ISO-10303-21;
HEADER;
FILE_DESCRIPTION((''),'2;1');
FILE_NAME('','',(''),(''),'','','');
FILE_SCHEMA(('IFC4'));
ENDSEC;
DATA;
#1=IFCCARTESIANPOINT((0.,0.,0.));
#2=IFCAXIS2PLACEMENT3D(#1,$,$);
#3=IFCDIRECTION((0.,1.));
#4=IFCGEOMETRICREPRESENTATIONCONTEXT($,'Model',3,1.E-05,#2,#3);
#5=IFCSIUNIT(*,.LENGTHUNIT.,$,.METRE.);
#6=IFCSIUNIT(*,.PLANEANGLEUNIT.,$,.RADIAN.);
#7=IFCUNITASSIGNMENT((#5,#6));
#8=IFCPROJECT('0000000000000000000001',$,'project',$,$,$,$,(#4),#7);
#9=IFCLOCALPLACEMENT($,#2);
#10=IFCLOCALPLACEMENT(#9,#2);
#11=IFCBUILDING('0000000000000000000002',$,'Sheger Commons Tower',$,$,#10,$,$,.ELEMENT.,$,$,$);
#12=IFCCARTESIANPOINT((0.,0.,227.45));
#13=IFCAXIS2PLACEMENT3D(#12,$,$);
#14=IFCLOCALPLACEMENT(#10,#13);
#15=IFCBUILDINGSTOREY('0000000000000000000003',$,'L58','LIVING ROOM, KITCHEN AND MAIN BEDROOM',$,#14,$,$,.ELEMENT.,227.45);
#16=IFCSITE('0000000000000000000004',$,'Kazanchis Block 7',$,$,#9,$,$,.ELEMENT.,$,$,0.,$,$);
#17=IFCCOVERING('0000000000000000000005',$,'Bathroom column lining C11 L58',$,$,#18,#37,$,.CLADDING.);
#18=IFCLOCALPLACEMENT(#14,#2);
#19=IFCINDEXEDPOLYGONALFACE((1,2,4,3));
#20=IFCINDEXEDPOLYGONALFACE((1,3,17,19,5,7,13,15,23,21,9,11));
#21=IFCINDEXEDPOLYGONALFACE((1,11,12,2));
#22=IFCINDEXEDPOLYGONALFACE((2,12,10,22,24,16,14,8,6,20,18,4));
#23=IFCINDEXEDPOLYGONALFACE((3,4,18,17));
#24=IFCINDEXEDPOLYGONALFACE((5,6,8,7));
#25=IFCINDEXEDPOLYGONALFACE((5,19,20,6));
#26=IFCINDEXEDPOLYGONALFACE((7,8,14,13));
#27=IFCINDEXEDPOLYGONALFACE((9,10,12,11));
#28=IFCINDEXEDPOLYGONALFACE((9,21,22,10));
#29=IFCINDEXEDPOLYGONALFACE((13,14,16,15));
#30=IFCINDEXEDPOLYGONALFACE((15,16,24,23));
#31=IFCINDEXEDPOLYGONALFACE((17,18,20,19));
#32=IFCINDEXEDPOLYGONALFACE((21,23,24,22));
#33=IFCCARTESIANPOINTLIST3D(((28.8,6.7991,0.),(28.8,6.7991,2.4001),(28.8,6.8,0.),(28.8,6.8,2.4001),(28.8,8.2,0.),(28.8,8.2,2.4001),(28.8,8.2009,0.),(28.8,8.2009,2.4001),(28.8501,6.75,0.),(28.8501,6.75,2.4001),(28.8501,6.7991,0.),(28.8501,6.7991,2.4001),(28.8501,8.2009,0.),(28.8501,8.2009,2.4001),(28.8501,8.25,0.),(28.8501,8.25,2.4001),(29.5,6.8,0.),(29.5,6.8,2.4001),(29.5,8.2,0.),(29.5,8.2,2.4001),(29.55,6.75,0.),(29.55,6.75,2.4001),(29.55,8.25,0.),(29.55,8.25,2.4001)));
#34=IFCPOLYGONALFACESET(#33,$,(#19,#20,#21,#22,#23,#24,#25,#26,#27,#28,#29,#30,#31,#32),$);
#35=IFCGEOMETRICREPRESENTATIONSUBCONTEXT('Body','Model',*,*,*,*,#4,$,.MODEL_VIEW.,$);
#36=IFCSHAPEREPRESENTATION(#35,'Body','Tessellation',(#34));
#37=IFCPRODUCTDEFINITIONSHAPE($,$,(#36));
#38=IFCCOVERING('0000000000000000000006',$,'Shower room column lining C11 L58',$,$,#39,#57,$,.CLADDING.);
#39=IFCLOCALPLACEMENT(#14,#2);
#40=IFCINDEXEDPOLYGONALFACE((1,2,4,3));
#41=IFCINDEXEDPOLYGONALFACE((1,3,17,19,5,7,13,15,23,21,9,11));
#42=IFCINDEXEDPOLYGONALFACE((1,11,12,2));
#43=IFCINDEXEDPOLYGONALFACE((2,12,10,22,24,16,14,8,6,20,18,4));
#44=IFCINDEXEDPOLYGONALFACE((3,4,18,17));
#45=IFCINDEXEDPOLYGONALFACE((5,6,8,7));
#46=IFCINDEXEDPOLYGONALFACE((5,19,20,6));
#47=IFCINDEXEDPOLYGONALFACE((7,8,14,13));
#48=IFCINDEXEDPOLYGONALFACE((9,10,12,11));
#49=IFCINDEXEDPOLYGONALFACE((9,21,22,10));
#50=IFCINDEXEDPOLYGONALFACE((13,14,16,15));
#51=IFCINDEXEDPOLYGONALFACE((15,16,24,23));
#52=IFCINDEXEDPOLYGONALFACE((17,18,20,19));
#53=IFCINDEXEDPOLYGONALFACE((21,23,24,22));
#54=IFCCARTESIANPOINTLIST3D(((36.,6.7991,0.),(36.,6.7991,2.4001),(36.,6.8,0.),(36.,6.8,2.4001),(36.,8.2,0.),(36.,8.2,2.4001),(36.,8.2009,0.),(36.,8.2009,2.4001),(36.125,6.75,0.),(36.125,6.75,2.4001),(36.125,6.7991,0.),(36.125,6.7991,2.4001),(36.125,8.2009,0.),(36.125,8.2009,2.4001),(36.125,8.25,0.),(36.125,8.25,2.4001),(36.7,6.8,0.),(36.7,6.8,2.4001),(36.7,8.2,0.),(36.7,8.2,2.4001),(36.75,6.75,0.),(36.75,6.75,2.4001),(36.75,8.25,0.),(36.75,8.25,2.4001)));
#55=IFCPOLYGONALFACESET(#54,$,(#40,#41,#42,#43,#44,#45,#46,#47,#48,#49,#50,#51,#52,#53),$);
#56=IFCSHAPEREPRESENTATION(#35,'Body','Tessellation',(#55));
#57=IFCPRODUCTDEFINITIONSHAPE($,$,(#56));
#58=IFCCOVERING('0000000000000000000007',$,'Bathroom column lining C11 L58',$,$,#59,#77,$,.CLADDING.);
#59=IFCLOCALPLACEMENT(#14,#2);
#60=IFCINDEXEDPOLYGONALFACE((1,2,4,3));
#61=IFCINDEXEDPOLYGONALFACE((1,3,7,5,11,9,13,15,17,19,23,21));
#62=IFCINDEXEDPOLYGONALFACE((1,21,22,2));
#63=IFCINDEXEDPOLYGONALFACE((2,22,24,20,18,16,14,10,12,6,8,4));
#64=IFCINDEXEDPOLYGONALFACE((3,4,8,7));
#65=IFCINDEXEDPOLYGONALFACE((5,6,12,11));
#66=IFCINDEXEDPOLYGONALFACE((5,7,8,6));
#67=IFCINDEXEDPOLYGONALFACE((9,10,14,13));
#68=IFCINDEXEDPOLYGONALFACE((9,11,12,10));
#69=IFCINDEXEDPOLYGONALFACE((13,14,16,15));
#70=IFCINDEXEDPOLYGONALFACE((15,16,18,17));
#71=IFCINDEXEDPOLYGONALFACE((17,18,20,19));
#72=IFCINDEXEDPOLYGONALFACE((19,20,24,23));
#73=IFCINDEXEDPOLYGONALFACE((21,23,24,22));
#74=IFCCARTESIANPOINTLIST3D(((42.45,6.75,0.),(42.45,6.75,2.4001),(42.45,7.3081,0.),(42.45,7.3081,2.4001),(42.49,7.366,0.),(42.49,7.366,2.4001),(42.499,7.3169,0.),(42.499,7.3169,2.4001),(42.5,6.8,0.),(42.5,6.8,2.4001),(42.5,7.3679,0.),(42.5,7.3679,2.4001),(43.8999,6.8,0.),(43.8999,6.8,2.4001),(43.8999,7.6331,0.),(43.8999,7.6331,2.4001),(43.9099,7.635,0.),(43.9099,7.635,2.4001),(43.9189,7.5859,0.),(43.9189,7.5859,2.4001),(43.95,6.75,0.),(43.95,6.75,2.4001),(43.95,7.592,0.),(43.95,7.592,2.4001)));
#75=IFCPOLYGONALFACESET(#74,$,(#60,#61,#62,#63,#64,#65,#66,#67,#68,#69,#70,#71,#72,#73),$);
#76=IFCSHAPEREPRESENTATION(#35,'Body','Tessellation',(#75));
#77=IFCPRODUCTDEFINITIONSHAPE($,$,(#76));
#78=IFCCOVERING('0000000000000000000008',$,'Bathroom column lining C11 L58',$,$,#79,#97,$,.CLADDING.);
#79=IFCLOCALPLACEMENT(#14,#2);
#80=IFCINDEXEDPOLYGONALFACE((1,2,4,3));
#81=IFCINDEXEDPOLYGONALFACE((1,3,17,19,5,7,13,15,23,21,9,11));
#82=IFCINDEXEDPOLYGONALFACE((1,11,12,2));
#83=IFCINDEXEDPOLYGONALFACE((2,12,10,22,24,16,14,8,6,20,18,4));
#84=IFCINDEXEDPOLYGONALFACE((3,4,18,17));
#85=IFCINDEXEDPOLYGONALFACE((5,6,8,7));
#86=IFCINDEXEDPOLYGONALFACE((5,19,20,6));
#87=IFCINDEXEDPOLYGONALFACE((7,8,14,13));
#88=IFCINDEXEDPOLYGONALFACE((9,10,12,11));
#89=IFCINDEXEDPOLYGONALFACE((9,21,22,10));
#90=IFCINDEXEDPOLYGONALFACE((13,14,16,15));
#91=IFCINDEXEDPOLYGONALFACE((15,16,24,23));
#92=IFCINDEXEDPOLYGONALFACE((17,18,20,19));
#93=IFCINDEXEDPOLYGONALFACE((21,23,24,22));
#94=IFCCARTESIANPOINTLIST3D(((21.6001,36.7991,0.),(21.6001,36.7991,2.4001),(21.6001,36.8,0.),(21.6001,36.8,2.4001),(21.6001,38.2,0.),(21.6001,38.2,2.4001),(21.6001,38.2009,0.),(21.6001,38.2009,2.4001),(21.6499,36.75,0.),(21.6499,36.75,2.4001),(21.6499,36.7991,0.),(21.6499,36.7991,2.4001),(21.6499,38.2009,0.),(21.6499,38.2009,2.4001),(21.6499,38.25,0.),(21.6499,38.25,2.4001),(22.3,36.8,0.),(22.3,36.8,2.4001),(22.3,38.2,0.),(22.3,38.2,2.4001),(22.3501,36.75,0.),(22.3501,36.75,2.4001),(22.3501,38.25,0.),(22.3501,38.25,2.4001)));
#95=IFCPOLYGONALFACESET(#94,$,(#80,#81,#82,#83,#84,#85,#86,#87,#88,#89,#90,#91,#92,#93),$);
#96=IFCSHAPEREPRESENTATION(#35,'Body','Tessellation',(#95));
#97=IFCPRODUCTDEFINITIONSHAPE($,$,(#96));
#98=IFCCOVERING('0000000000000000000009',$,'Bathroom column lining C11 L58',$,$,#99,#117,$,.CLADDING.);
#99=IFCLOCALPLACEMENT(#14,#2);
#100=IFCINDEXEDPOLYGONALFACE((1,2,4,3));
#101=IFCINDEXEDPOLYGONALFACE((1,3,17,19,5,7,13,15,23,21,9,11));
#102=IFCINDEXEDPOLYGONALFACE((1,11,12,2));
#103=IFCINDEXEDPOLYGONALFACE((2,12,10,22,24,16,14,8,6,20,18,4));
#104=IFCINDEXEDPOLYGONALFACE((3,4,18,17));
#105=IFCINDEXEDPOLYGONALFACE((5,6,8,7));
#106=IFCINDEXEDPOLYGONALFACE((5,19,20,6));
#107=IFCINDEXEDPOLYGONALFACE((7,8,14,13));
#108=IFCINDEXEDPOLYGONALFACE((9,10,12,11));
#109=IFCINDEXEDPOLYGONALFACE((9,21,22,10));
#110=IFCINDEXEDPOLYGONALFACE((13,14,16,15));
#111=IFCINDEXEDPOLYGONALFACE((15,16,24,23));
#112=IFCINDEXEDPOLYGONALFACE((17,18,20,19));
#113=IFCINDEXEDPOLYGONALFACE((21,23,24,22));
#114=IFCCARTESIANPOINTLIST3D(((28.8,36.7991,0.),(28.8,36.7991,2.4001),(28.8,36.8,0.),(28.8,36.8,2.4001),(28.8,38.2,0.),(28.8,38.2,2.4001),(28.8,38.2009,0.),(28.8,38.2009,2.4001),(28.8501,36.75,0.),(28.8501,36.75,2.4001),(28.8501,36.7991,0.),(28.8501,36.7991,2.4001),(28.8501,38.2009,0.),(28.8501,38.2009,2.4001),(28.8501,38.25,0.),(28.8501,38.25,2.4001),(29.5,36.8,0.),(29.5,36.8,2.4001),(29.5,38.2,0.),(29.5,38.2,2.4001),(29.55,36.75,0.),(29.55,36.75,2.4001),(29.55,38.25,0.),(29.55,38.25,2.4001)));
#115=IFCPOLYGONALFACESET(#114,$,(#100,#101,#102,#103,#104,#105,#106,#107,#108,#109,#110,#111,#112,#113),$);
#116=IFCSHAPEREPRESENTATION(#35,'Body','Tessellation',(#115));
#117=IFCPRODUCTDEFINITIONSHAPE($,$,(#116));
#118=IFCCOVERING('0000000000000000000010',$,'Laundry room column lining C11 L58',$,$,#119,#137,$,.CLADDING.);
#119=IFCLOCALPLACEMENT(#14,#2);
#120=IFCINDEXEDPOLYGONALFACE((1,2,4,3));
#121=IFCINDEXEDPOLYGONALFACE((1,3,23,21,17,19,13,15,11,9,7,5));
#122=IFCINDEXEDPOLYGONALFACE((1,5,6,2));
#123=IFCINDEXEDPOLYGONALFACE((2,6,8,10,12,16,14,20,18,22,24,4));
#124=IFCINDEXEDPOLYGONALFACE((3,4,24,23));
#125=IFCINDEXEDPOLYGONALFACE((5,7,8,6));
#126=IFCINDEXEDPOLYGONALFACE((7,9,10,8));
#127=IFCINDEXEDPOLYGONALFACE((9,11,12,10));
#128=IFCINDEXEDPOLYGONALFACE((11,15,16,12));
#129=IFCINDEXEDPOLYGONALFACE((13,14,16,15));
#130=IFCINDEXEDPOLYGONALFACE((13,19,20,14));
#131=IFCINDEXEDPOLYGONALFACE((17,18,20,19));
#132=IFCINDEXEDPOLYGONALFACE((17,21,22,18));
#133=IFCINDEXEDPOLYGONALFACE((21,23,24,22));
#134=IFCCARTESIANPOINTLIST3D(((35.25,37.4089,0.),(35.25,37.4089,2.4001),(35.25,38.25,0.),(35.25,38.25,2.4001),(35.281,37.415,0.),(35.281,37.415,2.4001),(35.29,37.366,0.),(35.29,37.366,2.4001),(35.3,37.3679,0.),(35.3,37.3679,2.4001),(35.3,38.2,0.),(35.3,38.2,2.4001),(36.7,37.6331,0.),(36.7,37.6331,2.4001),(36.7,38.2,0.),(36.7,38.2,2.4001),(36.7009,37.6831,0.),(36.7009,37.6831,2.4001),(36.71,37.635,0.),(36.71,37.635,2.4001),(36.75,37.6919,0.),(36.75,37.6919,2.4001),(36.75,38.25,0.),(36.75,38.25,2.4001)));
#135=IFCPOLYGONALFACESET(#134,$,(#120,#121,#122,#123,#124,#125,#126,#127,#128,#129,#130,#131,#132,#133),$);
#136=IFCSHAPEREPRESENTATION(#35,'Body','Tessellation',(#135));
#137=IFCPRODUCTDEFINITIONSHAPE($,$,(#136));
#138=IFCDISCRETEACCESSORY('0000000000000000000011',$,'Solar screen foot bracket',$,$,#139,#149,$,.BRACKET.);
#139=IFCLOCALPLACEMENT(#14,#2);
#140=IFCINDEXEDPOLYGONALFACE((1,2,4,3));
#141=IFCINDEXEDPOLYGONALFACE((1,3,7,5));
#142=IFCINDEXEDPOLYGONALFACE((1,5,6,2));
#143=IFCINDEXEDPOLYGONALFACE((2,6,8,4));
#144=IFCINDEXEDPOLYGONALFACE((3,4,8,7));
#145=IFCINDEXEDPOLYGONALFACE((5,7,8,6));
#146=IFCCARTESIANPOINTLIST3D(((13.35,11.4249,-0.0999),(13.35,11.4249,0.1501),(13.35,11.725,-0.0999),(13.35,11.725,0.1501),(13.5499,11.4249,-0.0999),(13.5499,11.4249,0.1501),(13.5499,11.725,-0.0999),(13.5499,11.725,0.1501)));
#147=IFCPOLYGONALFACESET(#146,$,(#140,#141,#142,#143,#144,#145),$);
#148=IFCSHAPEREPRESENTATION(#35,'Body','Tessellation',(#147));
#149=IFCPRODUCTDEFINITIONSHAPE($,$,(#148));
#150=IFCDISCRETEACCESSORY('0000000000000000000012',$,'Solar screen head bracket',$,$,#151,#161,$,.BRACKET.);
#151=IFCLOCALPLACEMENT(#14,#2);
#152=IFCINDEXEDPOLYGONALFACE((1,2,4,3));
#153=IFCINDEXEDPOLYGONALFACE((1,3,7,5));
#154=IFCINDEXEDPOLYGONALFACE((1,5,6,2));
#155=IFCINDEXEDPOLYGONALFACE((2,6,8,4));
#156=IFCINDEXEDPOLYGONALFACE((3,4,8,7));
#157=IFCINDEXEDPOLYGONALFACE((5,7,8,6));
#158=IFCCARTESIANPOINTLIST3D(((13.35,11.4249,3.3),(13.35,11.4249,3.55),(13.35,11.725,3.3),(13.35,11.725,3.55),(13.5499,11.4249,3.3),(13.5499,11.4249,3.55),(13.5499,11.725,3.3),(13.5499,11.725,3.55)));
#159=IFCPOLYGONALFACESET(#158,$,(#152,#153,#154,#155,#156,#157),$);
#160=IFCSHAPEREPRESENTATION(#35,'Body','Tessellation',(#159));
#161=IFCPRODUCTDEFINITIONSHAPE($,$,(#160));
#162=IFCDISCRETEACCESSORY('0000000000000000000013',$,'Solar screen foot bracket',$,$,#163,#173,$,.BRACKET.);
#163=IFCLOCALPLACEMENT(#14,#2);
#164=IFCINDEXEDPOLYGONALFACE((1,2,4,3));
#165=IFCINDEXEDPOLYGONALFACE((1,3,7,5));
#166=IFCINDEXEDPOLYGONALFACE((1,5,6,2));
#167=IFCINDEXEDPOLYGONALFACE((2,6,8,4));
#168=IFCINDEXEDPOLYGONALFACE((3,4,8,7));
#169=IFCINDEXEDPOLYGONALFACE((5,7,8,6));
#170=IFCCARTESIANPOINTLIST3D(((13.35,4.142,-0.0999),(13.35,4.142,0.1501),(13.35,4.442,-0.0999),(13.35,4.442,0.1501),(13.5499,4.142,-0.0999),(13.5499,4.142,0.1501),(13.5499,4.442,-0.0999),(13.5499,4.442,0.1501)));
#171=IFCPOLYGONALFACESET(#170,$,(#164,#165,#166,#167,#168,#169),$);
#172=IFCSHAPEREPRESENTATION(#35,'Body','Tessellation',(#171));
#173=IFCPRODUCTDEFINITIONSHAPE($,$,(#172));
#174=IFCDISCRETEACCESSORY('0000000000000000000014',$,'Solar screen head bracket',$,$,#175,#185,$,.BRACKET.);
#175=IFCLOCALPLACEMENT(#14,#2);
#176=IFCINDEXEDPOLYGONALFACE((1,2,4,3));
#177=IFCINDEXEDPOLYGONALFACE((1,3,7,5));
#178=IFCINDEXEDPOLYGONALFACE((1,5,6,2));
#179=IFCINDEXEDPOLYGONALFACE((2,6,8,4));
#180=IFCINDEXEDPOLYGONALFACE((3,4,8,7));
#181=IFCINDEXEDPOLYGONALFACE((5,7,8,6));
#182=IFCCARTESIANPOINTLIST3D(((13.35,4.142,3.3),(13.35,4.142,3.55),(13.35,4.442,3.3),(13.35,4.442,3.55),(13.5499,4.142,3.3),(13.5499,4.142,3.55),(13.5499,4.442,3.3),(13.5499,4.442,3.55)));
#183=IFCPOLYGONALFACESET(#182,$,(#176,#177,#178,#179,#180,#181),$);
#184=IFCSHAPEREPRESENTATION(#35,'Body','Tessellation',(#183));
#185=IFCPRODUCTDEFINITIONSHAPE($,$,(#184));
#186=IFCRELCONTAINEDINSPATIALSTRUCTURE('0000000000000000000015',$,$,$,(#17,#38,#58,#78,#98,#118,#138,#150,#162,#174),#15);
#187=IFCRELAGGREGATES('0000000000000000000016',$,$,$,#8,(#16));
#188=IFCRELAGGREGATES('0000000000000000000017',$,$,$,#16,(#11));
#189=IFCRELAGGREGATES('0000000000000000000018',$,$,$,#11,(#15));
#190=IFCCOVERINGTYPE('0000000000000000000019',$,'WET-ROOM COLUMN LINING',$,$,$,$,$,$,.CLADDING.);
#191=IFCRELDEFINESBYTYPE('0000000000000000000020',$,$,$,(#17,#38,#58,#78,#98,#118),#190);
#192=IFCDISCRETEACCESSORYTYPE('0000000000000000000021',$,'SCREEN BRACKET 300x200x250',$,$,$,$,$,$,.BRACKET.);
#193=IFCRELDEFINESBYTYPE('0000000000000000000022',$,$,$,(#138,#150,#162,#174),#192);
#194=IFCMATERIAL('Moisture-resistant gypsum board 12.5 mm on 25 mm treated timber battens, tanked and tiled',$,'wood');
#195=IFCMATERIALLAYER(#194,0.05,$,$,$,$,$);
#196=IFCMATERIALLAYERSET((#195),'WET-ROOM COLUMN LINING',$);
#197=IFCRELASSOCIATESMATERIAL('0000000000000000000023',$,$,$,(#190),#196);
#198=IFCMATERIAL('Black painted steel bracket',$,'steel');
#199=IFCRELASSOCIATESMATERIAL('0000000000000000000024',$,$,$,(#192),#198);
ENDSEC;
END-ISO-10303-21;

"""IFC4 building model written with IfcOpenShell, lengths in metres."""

from ifc_helpers import new_model, si_unit, direction, frame, origin, origin_2d, place, context, subcontext, project, spatial, polyline, rectangle, outline, extrude, material, layer, layer_set, type_object, element, save


model = new_model("IFC4")

# Units and contexts
model_context = context("Model", 3, precision=1e-05, world=origin(), true_north=direction((0.0, 1.0)))
body_context = subcontext(model_context, "Body", "Model", "MODEL_VIEW")
ifc_project = project(units=[si_unit("LENGTHUNIT", "METRE"), si_unit("PLANEANGLEUNIT", "RADIAN")], contexts=[model_context])

# Site, building, storey
site_placement = place(None, origin())
site = spatial("IfcSite", under=ifc_project, at=site_placement, Name="Kazanchis Block 7", CompositionType="ELEMENT", RefElevation=0.0)
building_placement = place(site_placement, origin())
building = spatial("IfcBuilding", under=site, at=building_placement, Name="Sheger Commons Tower", CompositionType="ELEMENT")
storey_placement = place(building_placement, frame((0.0, 0.0, 227.45)))
storey = spatial("IfcBuildingStorey", under=building, at=storey_placement, Name="L58", Description="LIVING ROOM, KITCHEN AND MAIN BEDROOM", CompositionType="ELEMENT", Elevation=227.45)

# Coverings
ifc_material_1 = material(Name="Moisture-resistant gypsum board 12.5 mm on 25 mm treated timber battens, tanked and tiled", Category="wood")
ifc_layer_1 = layer(ifc_material_1, 0.05)
ifc_layer_set_1 = layer_set([ifc_layer_1], Name="WET-ROOM COLUMN LINING")
covering_type_1 = type_object("IfcCoveringType", Name="WET-ROOM COLUMN LINING", PredefinedType="CLADDING", material=ifc_layer_set_1)
covering_1_placement = place(storey_placement, origin())
element("IfcCovering", 1, at=covering_1_placement, inside=storey, type_object=covering_type_1, Name="Bathroom column lining C11 L58", PredefinedType="CLADDING", context=body_context, shape_type="SweptSolid", body=[
    extrude(outline(polyline([(29.55, 6.75), (28.8501, 6.75), (28.8501, 6.7991), (28.8, 6.7991), (28.8, 6.8), (29.5, 6.8), (29.5, 8.2), (28.8, 8.2), (28.8, 8.2009), (28.8501, 8.2009), (28.8501, 8.25), (29.55, 8.25), (29.55, 6.75)])), origin(), (0.0, 0.0, 1.0), 2.4001),
])
covering_2_placement = place(storey_placement, origin())
element("IfcCovering", 2, at=covering_2_placement, inside=storey, type_object=covering_type_1, Name="Shower room column lining C11 L58", PredefinedType="CLADDING", context=body_context, shape_type="SweptSolid", body=[
    extrude(outline(polyline([(36.75, 6.75), (36.125, 6.75), (36.125, 6.7991), (36.0, 6.7991), (36.0, 6.8), (36.7, 6.8), (36.7, 8.2), (36.0, 8.2), (36.0, 8.2009), (36.125, 8.2009), (36.125, 8.25), (36.75, 8.25), (36.75, 6.75)])), origin(), (0.0, 0.0, 1.0), 2.4001),
])
covering_3_placement = place(storey_placement, origin())
element("IfcCovering", 3, at=covering_3_placement, inside=storey, type_object=covering_type_1, Name="Bathroom column lining C11 L58", PredefinedType="CLADDING", context=body_context, shape_type="SweptSolid", body=[
    extrude(outline(polyline([(42.5, 7.3679), (42.5, 6.8), (43.8999, 6.8), (43.8999, 7.6331), (43.9099, 7.635), (43.9189, 7.5859), (43.95, 7.592), (43.95, 6.75), (42.45, 6.75), (42.45, 7.3081), (42.499, 7.3169), (42.49, 7.366), (42.5, 7.3679)])), origin(), (0.0, 0.0, 1.0), 2.4001),
])
covering_4_placement = place(storey_placement, origin())
element("IfcCovering", 4, at=covering_4_placement, inside=storey, type_object=covering_type_1, Name="Bathroom column lining C11 L58", PredefinedType="CLADDING", context=body_context, shape_type="SweptSolid", body=[
    extrude(outline(polyline([(22.3501, 36.75), (21.6499, 36.75), (21.6499, 36.7991), (21.6001, 36.7991), (21.6001, 36.8), (22.3, 36.8), (22.3, 38.2), (21.6001, 38.2), (21.6001, 38.2009), (21.6499, 38.2009), (21.6499, 38.25), (22.3501, 38.25), (22.3501, 36.75)])), origin(), (0.0, 0.0, 1.0), 2.4001),
])
covering_5_placement = place(storey_placement, origin())
element("IfcCovering", 5, at=covering_5_placement, inside=storey, type_object=covering_type_1, Name="Bathroom column lining C11 L58", PredefinedType="CLADDING", context=body_context, shape_type="SweptSolid", body=[
    extrude(outline(polyline([(29.55, 36.75), (28.8501, 36.75), (28.8501, 36.7991), (28.8, 36.7991), (28.8, 36.8), (29.5, 36.8), (29.5, 38.2), (28.8, 38.2), (28.8, 38.2009), (28.8501, 38.2009), (28.8501, 38.25), (29.55, 38.25), (29.55, 36.75)])), origin(), (0.0, 0.0, 1.0), 2.4001),
])
covering_6_placement = place(storey_placement, origin())
element("IfcCovering", 6, at=covering_6_placement, inside=storey, type_object=covering_type_1, Name="Laundry room column lining C11 L58", PredefinedType="CLADDING", context=body_context, shape_type="SweptSolid", body=[
    extrude(outline(polyline([(36.75, 38.25), (36.75, 37.6919), (36.7009, 37.6831), (36.71, 37.635), (36.7, 37.6331), (36.7, 38.2), (35.3, 38.2), (35.3, 37.3679), (35.29, 37.366), (35.281, 37.415), (35.25, 37.4089), (35.25, 38.25), (36.75, 38.25)])), origin(), (0.0, 0.0, 1.0), 2.4001),
])

# Discrete accessories
ifc_material_2 = material(Name="Black painted steel bracket", Category="steel")
discrete_accessory_type = type_object("IfcDiscreteAccessoryType", Name="SCREEN BRACKET 300x200x250", PredefinedType="BRACKET", material=ifc_material_2)
for number, where, z_axis, x_axis, name in (
    (7, (13.45, 11.575, -0.0999), (0.0, 0.0, 1.0), (0.0, -1.0, 0.0), "Solar screen foot bracket"),
    (8, (13.45, 11.575, 3.3), (0.0, 0.0, 1.0), (0.0, -1.0, 0.0), "Solar screen head bracket"),
    (9, (13.45, 4.292, -0.0999), (0.0, 0.0, 1.0), (0.0, -1.0, 0.0), "Solar screen foot bracket"),
    (10, (13.45, 4.292, 3.3), (0.0, 0.0, 1.0), (0.0, -1.0, 0.0), "Solar screen head bracket"),
):
    element("IfcDiscreteAccessory", number, at=place(storey_placement, frame(where, z_axis=z_axis, x_axis=x_axis)), inside=storey, type_object=discrete_accessory_type, Name=name, PredefinedType="BRACKET", context=body_context, shape_type="SweptSolid", body=[
        extrude(rectangle(XDim=0.3, YDim=0.2, at=origin_2d()), origin(), (0.0, 0.0, 1.0), 0.25),
    ])

save(model, "model.ifc")
